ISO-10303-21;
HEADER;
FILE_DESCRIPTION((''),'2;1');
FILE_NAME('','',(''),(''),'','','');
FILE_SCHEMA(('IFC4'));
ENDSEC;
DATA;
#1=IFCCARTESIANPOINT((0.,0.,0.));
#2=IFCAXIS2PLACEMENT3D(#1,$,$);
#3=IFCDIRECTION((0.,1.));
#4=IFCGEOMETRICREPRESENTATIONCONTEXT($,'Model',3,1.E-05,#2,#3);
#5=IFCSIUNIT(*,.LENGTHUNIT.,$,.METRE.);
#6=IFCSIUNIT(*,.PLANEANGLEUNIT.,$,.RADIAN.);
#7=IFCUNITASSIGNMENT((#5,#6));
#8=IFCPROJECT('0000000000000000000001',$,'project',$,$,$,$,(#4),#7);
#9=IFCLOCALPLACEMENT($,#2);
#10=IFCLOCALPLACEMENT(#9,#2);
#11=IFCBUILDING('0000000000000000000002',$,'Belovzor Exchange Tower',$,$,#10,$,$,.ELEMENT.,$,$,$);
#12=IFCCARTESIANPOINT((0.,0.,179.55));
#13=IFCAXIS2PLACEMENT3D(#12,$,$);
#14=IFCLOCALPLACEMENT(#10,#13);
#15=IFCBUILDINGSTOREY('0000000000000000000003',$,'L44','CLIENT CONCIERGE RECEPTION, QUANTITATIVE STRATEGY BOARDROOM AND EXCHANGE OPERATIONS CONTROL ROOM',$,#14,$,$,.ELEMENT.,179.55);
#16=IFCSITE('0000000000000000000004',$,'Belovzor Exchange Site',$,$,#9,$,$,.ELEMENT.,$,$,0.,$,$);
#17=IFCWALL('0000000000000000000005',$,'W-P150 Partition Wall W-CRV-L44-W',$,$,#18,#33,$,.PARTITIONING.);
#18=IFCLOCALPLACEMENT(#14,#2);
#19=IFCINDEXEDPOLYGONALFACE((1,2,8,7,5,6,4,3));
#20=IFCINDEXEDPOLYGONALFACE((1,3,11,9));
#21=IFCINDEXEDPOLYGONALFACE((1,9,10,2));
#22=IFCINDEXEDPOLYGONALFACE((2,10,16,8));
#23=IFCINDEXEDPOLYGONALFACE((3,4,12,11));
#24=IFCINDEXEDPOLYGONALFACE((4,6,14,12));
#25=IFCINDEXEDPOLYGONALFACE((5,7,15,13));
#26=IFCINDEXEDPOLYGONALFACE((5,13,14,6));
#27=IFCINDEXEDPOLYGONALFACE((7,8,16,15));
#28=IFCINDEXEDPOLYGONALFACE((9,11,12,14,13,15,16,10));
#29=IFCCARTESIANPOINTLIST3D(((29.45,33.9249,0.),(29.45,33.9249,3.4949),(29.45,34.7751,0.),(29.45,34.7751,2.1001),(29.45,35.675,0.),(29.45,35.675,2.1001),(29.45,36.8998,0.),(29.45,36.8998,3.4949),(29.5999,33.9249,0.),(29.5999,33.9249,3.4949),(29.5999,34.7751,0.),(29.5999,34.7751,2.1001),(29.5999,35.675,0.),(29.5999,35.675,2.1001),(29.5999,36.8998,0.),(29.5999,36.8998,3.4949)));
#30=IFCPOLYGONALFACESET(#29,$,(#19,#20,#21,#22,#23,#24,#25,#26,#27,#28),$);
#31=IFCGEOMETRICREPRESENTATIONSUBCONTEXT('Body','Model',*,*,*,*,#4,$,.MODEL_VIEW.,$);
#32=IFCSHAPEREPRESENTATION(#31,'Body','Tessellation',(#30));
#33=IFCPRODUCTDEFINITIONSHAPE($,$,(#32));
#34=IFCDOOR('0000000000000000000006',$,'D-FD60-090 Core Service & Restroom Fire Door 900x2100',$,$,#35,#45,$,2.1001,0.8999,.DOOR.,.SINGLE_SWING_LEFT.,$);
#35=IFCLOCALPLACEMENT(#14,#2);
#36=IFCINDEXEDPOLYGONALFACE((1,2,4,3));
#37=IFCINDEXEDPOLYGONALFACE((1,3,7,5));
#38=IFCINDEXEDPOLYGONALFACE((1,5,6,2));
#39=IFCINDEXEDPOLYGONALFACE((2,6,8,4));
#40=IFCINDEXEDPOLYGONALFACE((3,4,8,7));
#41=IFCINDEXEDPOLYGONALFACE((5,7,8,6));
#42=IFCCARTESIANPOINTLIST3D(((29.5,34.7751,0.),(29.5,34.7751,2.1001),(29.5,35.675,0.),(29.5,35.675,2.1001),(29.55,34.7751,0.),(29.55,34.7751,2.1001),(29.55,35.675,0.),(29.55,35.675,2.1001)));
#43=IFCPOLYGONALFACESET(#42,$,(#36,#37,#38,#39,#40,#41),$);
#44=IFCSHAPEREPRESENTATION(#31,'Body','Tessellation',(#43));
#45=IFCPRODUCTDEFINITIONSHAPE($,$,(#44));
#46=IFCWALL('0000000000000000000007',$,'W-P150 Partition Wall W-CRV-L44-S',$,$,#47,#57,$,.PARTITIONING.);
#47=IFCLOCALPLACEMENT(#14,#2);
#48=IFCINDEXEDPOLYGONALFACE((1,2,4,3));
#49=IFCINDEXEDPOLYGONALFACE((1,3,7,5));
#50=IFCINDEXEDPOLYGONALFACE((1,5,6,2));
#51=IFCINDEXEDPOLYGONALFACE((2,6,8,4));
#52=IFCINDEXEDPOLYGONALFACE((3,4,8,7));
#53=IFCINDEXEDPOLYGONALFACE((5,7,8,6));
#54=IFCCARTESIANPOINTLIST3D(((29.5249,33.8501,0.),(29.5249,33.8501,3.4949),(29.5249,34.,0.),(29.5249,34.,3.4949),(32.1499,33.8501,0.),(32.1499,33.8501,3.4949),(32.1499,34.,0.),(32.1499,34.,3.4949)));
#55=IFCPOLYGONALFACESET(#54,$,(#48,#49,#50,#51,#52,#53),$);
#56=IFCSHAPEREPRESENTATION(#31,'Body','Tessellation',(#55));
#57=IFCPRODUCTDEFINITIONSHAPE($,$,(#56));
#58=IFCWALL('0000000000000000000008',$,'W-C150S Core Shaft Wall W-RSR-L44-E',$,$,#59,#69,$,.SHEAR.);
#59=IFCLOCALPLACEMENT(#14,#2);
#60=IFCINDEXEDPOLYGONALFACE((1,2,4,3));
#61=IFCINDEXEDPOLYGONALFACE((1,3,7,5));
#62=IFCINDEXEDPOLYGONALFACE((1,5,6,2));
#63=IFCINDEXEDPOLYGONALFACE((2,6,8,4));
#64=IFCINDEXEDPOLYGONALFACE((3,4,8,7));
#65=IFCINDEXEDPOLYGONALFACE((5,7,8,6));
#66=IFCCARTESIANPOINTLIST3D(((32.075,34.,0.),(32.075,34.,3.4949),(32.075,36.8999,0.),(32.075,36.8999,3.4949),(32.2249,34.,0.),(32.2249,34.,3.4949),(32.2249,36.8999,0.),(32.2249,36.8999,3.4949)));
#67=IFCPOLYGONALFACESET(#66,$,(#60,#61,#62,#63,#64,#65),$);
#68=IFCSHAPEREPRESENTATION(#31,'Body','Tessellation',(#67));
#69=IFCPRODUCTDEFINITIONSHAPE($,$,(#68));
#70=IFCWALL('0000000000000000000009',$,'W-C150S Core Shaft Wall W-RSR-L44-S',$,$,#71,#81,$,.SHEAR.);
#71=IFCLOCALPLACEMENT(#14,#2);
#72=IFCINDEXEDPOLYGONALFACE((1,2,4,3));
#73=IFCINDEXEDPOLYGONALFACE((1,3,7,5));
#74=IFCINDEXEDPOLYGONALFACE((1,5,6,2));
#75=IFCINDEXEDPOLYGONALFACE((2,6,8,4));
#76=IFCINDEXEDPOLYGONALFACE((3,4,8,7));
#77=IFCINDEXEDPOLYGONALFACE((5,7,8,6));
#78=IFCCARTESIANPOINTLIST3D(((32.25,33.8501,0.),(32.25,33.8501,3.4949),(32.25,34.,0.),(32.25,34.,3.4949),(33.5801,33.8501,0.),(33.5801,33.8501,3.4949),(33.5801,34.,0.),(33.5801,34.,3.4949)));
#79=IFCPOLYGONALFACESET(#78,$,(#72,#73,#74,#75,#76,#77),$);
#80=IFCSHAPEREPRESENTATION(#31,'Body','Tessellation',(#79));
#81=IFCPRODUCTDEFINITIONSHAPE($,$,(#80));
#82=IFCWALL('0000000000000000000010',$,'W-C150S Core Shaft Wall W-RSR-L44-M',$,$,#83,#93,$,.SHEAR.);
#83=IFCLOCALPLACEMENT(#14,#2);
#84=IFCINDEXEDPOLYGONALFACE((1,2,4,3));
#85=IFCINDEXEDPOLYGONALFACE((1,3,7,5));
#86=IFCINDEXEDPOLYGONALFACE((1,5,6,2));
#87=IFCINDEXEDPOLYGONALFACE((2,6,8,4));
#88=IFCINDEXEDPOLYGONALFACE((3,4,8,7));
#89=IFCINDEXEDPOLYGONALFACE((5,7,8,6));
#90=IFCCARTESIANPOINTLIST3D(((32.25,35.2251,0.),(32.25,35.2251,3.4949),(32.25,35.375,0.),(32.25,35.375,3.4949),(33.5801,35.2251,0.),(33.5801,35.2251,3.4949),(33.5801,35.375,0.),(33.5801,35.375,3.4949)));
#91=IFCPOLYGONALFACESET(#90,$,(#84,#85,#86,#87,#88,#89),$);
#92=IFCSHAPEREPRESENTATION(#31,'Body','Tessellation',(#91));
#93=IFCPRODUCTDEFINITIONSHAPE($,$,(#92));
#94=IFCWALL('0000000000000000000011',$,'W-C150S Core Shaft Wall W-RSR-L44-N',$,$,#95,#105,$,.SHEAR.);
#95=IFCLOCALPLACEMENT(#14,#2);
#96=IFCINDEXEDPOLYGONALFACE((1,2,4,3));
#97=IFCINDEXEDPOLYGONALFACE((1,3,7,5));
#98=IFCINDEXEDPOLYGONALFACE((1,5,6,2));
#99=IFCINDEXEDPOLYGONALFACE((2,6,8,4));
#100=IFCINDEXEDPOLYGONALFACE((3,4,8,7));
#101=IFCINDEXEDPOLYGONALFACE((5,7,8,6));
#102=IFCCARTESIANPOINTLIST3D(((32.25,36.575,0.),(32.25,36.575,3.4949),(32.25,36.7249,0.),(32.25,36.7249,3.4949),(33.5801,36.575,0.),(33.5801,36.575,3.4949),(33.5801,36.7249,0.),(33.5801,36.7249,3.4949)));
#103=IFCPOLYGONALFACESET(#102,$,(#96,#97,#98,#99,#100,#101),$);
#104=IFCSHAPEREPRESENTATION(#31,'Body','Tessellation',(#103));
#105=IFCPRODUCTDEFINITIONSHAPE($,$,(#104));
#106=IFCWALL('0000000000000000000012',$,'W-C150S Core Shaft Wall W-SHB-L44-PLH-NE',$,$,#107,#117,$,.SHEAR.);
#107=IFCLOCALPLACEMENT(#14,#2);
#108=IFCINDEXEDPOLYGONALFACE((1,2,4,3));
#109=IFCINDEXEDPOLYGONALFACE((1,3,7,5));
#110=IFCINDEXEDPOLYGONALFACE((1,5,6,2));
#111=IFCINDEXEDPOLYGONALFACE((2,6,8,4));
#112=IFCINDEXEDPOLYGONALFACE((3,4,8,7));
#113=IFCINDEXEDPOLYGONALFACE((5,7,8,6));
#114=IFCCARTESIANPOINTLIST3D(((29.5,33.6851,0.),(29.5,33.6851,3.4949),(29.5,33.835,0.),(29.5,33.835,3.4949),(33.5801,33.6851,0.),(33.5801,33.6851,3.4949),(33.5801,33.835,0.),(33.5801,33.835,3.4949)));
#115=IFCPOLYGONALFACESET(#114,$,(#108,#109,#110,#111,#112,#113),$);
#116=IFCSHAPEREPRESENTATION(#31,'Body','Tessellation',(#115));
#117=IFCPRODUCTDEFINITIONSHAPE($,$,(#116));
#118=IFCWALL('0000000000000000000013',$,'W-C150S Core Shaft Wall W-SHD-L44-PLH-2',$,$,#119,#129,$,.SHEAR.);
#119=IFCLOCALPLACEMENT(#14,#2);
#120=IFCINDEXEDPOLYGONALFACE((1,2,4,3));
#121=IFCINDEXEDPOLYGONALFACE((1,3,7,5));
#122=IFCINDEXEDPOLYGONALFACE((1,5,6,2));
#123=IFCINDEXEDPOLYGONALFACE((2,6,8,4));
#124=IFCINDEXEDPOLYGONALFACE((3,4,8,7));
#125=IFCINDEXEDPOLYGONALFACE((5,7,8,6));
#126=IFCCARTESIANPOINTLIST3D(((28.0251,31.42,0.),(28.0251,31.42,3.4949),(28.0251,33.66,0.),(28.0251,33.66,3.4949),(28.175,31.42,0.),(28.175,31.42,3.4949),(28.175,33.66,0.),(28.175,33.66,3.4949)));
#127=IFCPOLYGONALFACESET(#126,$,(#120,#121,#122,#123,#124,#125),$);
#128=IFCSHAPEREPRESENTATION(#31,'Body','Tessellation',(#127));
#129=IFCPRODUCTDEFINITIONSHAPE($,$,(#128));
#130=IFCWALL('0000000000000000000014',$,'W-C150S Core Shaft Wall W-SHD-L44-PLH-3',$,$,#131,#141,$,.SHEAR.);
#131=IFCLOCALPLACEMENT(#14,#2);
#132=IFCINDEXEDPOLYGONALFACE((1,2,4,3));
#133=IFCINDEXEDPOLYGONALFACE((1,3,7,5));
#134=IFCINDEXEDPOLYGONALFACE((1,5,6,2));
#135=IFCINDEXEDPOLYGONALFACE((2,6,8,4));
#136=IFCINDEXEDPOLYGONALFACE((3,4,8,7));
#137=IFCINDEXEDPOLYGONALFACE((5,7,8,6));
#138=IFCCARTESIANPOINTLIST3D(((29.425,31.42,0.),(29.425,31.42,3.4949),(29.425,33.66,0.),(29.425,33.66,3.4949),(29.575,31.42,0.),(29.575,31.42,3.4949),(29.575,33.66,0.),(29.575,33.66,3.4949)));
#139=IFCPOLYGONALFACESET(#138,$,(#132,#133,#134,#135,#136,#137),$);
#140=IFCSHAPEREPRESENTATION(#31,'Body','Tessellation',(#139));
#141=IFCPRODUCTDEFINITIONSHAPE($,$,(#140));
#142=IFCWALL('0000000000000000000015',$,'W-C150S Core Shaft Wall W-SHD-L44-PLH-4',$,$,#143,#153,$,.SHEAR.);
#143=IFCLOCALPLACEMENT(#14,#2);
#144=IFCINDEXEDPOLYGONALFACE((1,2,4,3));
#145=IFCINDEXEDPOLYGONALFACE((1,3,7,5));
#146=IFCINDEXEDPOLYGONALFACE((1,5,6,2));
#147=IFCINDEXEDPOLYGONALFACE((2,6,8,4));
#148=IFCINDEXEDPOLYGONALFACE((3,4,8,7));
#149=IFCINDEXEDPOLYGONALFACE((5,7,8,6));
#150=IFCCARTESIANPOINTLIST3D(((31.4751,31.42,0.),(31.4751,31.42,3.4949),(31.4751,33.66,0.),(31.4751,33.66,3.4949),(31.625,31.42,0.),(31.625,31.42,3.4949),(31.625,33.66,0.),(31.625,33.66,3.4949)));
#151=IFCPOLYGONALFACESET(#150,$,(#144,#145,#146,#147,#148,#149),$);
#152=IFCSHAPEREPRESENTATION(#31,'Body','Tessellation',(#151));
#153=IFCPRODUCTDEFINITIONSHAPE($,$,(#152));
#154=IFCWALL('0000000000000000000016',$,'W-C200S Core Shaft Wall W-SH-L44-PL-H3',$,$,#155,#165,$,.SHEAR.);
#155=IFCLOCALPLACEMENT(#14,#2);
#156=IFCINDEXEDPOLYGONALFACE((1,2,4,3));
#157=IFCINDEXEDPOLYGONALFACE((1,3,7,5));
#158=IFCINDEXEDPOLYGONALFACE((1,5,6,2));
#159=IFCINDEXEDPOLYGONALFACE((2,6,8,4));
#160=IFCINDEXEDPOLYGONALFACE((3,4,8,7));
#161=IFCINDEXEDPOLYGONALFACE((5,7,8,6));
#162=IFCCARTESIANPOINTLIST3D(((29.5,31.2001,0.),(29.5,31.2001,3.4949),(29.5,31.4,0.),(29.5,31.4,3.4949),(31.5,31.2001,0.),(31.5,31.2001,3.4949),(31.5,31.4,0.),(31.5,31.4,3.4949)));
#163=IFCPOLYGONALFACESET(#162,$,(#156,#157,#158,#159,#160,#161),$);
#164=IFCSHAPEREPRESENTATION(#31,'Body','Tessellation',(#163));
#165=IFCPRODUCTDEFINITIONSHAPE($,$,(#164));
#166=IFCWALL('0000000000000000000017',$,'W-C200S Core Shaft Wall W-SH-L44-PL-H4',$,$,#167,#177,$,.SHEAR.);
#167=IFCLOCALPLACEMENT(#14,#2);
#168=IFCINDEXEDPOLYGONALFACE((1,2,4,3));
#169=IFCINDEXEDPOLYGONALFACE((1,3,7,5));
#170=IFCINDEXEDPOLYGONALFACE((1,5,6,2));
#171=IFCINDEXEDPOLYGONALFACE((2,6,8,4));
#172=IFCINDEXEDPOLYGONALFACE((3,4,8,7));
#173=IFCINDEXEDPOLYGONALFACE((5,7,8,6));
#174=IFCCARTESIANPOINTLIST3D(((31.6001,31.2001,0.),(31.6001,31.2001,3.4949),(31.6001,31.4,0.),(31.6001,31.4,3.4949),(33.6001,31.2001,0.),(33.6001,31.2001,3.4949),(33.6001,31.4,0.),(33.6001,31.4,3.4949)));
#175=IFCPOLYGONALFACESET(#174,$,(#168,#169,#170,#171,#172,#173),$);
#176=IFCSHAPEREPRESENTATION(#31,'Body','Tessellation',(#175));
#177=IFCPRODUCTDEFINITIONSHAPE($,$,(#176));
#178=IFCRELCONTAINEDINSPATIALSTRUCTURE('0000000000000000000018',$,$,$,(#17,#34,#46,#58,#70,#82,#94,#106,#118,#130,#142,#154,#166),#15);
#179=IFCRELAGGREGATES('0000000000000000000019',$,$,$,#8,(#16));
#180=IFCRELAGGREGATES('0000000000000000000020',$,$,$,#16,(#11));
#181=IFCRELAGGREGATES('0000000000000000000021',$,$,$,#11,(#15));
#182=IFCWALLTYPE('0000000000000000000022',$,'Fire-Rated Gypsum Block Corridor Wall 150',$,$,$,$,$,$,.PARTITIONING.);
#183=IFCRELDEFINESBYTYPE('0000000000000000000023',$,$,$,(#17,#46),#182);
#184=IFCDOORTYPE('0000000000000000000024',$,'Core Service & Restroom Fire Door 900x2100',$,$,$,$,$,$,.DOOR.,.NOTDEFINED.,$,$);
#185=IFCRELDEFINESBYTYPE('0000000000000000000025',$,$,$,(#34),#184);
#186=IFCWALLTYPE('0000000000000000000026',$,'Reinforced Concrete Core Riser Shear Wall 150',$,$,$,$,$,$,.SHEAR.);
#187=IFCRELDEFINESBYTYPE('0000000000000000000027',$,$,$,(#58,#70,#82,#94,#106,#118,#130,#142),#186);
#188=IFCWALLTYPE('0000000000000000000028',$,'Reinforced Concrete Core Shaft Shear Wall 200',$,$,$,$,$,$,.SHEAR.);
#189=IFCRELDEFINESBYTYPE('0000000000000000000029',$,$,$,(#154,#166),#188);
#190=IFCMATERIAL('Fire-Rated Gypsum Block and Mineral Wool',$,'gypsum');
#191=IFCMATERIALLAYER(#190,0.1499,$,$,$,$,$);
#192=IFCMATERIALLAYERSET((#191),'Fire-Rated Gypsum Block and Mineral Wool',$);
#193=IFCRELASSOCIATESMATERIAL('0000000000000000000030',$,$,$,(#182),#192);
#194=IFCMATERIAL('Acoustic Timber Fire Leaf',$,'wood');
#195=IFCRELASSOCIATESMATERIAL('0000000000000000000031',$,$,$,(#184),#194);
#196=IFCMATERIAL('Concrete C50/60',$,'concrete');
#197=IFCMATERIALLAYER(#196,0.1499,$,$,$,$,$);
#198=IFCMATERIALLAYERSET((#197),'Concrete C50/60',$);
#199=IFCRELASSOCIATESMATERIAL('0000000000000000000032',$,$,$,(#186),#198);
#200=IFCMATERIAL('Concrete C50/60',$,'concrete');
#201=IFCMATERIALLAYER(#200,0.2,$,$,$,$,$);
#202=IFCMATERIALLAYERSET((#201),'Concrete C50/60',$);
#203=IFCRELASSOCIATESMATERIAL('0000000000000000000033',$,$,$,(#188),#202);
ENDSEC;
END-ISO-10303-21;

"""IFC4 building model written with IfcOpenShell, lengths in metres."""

from ifc_helpers import new_model, si_unit, direction, frame, frame_2d, origin, place, context, subcontext, project, spatial, rectangle, extrude, material, layer, layer_set, type_object, element, fill, save


model = new_model("IFC4")

# Units and contexts
model_context = context("Model", 3, precision=1e-05, world=origin(), true_north=direction((0.0, 1.0)))
body_context = subcontext(model_context, "Body", "Model", "MODEL_VIEW")
ifc_project = project(units=[si_unit("LENGTHUNIT", "METRE"), si_unit("PLANEANGLEUNIT", "RADIAN")], contexts=[model_context])

# Site, building, storey
site_placement = place(None, origin())
site = spatial("IfcSite", under=ifc_project, at=site_placement, Name="Belovzor Exchange Site", CompositionType="ELEMENT", RefElevation=0.0)
building_placement = place(site_placement, origin())
building = spatial("IfcBuilding", under=site, at=building_placement, Name="Belovzor Exchange Tower", CompositionType="ELEMENT")
storey_placement = place(building_placement, frame((0.0, 0.0, 179.55)))
storey = spatial("IfcBuildingStorey", under=building, at=storey_placement, Name="L44", Description="CLIENT CONCIERGE RECEPTION, QUANTITATIVE STRATEGY BOARDROOM AND EXCHANGE OPERATIONS CONTROL ROOM", CompositionType="ELEMENT", Elevation=179.55)

# Wall, opening, door
ifc_material_1 = material(Name="Fire-Rated Gypsum Block and Mineral Wool", Category="gypsum")
ifc_layer_1 = layer(ifc_material_1, 0.1499)
ifc_layer_set_1 = layer_set([ifc_layer_1], Name="Fire-Rated Gypsum Block and Mineral Wool")
wall_type_1 = type_object("IfcWallType", Name="Fire-Rated Gypsum Block Corridor Wall 150", PredefinedType="PARTITIONING", material=ifc_layer_set_1)
wall_1_placement = place(storey_placement, frame((29.5249, 33.925, 0.0), z_axis=(0.0, 0.0, 1.0), x_axis=(0.0, 1.0, 0.0)))
wall_1 = element("IfcWall", 1, at=wall_1_placement, inside=storey, type_object=wall_type_1, Name="W-P150 Partition Wall W-CRV-L44-W", PredefinedType="PARTITIONING", context=body_context, shape_type="SweptSolid", body=[
    extrude(rectangle(XDim=2.9749, YDim=0.1499, at=frame_2d((1.4873, 0.0))), origin(), (0.0, 0.0, 1.0), 3.4949),
])
opening_placement = place(wall_1_placement, frame((0.8501, 0.0, 0.0)))
opening = element("IfcOpeningElement", 2, at=opening_placement, cuts=wall_1, PredefinedType="OPENING", context=body_context, shape_type="SweptSolid", body=[
    extrude(rectangle(XDim=0.8999, YDim=2.1001, at=frame_2d((0.45, 1.05))), frame((0.0, 0.085, 0.0), z_axis=(0.0, -1.0, 0.0), x_axis=(1.0, 0.0, 0.0)), (0.0, 0.0, 1.0), 0.1699),
])
ifc_material_2 = material(Name="Acoustic Timber Fire Leaf", Category="wood")
door_type = type_object("IfcDoorType", Name="Core Service & Restroom Fire Door 900x2100", OperationType="NOTDEFINED", PredefinedType="DOOR", material=ifc_material_2)
door_placement = place(opening_placement, origin())
door = element("IfcDoor", 3, at=door_placement, inside=storey, type_object=door_type, Name="D-FD60-090 Core Service & Restroom Fire Door 900x2100", OperationType="SINGLE_SWING_LEFT", OverallHeight=2.1001, OverallWidth=0.8999, PredefinedType="DOOR", context=body_context, shape_type="SweptSolid", body=[
    extrude(rectangle(XDim=0.8999, YDim=2.1001, at=frame_2d((0.45, 1.05))), frame((0.0, 0.0249, 0.0), z_axis=(0.0, -1.0, 0.0), x_axis=(1.0, 0.0, 0.0)), (0.0, 0.0, 1.0), 0.05),
])
fill(opening, door)

# Walls
wall_2_placement = place(storey_placement, frame((29.5249, 33.925, 0.0), z_axis=(0.0, 0.0, 1.0), x_axis=(1.0, 0.0, 0.0)))
element("IfcWall", 4, at=wall_2_placement, inside=storey, type_object=wall_type_1, Name="W-P150 Partition Wall W-CRV-L44-S", PredefinedType="PARTITIONING", context=body_context, shape_type="SweptSolid", body=[
    extrude(rectangle(XDim=2.625, YDim=0.1499, at=frame_2d((1.3125, 0.0))), origin(), (0.0, 0.0, 1.0), 3.4949),
])
ifc_material_3 = material(Name="Concrete C50/60", Category="concrete")
ifc_layer_2 = layer(ifc_material_3, 0.1499)
ifc_layer_set_2 = layer_set([ifc_layer_2], Name="Concrete C50/60")
wall_type_2 = type_object("IfcWallType", Name="Reinforced Concrete Core Riser Shear Wall 150", PredefinedType="SHEAR", material=ifc_layer_set_2)
wall_3_placement = place(storey_placement, frame((32.1499, 34.0, 0.0), z_axis=(0.0, 0.0, 1.0), x_axis=(0.0, 1.0, 0.0)))
element("IfcWall", 5, at=wall_3_placement, inside=storey, type_object=wall_type_2, Name="W-C150S Core Shaft Wall W-RSR-L44-E", PredefinedType="SHEAR", context=body_context, shape_type="SweptSolid", body=[
    extrude(rectangle(XDim=2.8999, YDim=0.1499, at=frame_2d((1.45, 0.0))), origin(), (0.0, 0.0, 1.0), 3.4949),
])
for number, where, z_axis, x_axis, name in (
    (6, (32.25, 33.925, 0.0), (0.0, 0.0, 1.0), (1.0, 0.0, 0.0), "W-C150S Core Shaft Wall W-RSR-L44-S"),
    (7, (32.25, 35.3, 0.0), (0.0, 0.0, 1.0), (1.0, 0.0, 0.0), "W-C150S Core Shaft Wall W-RSR-L44-M"),
    (8, (32.25, 36.6499, 0.0), (0.0, 0.0, 1.0), (1.0, 0.0, 0.0), "W-C150S Core Shaft Wall W-RSR-L44-N"),
):
    element("IfcWall", number, at=place(storey_placement, frame(where, z_axis=z_axis, x_axis=x_axis)), inside=storey, type_object=wall_type_2, Name=name, PredefinedType="SHEAR", context=body_context, shape_type="SweptSolid", body=[
        extrude(rectangle(XDim=1.3301, YDim=0.1499, at=frame_2d((0.665, 0.0))), origin(), (0.0, 0.0, 1.0), 3.4949),
    ])
wall_4_placement = place(storey_placement, frame((29.5, 33.76, 0.0), z_axis=(0.0, 0.0, 1.0), x_axis=(1.0, 0.0, 0.0)))
element("IfcWall", 9, at=wall_4_placement, inside=storey, type_object=wall_type_2, Name="W-C150S Core Shaft Wall W-SHB-L44-PLH-NE", PredefinedType="SHEAR", context=body_context, shape_type="SweptSolid", body=[
    extrude(rectangle(XDim=4.0801, YDim=0.1499, at=frame_2d((2.04, 0.0))), origin(), (0.0, 0.0, 1.0), 3.4949),
])
for number, where, z_axis, x_axis, name in (
    (10, (28.1001, 31.4199, 0.0), (0.0, 0.0, 1.0), (0.0, 1.0, 0.0), "W-C150S Core Shaft Wall W-SHD-L44-PLH-2"),
    (11, (29.5, 31.4199, 0.0), (0.0, 0.0, 1.0), (0.0, 1.0, 0.0), "W-C150S Core Shaft Wall W-SHD-L44-PLH-3"),
    (12, (31.55, 31.4199, 0.0), (0.0, 0.0, 1.0), (0.0, 1.0, 0.0), "W-C150S Core Shaft Wall W-SHD-L44-PLH-4"),
):
    element("IfcWall", number, at=place(storey_placement, frame(where, z_axis=z_axis, x_axis=x_axis)), inside=storey, type_object=wall_type_2, Name=name, PredefinedType="SHEAR", context=body_context, shape_type="SweptSolid", body=[
        extrude(rectangle(XDim=2.24, YDim=0.1499, at=frame_2d((1.1201, 0.0))), origin(), (0.0, 0.0, 1.0), 3.4949),
    ])
ifc_material_4 = material(Name="Concrete C50/60", Category="concrete")
ifc_layer_3 = layer(ifc_material_4, 0.2)
ifc_layer_set_3 = layer_set([ifc_layer_3], Name="Concrete C50/60")
wall_type_3 = type_object("IfcWallType", Name="Reinforced Concrete Core Shaft Shear Wall 200", PredefinedType="SHEAR", material=ifc_layer_set_3)
for number, where, z_axis, x_axis, name in (
    (13, (29.5, 31.3, 0.0), (0.0, 0.0, 1.0), (1.0, 0.0, 0.0), "W-C200S Core Shaft Wall W-SH-L44-PL-H3"),
    (14, (31.6001, 31.3, 0.0), (0.0, 0.0, 1.0), (1.0, 0.0, 0.0), "W-C200S Core Shaft Wall W-SH-L44-PL-H4"),
):
    element("IfcWall", number, at=place(storey_placement, frame(where, z_axis=z_axis, x_axis=x_axis)), inside=storey, type_object=wall_type_3, Name=name, PredefinedType="SHEAR", context=body_context, shape_type="SweptSolid", body=[
        extrude(rectangle(XDim=2.0, YDim=0.2, at=frame_2d((1.0, 0.0))), origin(), (0.0, 0.0, 1.0), 3.4949),
    ])

save(model, "model.ifc")
